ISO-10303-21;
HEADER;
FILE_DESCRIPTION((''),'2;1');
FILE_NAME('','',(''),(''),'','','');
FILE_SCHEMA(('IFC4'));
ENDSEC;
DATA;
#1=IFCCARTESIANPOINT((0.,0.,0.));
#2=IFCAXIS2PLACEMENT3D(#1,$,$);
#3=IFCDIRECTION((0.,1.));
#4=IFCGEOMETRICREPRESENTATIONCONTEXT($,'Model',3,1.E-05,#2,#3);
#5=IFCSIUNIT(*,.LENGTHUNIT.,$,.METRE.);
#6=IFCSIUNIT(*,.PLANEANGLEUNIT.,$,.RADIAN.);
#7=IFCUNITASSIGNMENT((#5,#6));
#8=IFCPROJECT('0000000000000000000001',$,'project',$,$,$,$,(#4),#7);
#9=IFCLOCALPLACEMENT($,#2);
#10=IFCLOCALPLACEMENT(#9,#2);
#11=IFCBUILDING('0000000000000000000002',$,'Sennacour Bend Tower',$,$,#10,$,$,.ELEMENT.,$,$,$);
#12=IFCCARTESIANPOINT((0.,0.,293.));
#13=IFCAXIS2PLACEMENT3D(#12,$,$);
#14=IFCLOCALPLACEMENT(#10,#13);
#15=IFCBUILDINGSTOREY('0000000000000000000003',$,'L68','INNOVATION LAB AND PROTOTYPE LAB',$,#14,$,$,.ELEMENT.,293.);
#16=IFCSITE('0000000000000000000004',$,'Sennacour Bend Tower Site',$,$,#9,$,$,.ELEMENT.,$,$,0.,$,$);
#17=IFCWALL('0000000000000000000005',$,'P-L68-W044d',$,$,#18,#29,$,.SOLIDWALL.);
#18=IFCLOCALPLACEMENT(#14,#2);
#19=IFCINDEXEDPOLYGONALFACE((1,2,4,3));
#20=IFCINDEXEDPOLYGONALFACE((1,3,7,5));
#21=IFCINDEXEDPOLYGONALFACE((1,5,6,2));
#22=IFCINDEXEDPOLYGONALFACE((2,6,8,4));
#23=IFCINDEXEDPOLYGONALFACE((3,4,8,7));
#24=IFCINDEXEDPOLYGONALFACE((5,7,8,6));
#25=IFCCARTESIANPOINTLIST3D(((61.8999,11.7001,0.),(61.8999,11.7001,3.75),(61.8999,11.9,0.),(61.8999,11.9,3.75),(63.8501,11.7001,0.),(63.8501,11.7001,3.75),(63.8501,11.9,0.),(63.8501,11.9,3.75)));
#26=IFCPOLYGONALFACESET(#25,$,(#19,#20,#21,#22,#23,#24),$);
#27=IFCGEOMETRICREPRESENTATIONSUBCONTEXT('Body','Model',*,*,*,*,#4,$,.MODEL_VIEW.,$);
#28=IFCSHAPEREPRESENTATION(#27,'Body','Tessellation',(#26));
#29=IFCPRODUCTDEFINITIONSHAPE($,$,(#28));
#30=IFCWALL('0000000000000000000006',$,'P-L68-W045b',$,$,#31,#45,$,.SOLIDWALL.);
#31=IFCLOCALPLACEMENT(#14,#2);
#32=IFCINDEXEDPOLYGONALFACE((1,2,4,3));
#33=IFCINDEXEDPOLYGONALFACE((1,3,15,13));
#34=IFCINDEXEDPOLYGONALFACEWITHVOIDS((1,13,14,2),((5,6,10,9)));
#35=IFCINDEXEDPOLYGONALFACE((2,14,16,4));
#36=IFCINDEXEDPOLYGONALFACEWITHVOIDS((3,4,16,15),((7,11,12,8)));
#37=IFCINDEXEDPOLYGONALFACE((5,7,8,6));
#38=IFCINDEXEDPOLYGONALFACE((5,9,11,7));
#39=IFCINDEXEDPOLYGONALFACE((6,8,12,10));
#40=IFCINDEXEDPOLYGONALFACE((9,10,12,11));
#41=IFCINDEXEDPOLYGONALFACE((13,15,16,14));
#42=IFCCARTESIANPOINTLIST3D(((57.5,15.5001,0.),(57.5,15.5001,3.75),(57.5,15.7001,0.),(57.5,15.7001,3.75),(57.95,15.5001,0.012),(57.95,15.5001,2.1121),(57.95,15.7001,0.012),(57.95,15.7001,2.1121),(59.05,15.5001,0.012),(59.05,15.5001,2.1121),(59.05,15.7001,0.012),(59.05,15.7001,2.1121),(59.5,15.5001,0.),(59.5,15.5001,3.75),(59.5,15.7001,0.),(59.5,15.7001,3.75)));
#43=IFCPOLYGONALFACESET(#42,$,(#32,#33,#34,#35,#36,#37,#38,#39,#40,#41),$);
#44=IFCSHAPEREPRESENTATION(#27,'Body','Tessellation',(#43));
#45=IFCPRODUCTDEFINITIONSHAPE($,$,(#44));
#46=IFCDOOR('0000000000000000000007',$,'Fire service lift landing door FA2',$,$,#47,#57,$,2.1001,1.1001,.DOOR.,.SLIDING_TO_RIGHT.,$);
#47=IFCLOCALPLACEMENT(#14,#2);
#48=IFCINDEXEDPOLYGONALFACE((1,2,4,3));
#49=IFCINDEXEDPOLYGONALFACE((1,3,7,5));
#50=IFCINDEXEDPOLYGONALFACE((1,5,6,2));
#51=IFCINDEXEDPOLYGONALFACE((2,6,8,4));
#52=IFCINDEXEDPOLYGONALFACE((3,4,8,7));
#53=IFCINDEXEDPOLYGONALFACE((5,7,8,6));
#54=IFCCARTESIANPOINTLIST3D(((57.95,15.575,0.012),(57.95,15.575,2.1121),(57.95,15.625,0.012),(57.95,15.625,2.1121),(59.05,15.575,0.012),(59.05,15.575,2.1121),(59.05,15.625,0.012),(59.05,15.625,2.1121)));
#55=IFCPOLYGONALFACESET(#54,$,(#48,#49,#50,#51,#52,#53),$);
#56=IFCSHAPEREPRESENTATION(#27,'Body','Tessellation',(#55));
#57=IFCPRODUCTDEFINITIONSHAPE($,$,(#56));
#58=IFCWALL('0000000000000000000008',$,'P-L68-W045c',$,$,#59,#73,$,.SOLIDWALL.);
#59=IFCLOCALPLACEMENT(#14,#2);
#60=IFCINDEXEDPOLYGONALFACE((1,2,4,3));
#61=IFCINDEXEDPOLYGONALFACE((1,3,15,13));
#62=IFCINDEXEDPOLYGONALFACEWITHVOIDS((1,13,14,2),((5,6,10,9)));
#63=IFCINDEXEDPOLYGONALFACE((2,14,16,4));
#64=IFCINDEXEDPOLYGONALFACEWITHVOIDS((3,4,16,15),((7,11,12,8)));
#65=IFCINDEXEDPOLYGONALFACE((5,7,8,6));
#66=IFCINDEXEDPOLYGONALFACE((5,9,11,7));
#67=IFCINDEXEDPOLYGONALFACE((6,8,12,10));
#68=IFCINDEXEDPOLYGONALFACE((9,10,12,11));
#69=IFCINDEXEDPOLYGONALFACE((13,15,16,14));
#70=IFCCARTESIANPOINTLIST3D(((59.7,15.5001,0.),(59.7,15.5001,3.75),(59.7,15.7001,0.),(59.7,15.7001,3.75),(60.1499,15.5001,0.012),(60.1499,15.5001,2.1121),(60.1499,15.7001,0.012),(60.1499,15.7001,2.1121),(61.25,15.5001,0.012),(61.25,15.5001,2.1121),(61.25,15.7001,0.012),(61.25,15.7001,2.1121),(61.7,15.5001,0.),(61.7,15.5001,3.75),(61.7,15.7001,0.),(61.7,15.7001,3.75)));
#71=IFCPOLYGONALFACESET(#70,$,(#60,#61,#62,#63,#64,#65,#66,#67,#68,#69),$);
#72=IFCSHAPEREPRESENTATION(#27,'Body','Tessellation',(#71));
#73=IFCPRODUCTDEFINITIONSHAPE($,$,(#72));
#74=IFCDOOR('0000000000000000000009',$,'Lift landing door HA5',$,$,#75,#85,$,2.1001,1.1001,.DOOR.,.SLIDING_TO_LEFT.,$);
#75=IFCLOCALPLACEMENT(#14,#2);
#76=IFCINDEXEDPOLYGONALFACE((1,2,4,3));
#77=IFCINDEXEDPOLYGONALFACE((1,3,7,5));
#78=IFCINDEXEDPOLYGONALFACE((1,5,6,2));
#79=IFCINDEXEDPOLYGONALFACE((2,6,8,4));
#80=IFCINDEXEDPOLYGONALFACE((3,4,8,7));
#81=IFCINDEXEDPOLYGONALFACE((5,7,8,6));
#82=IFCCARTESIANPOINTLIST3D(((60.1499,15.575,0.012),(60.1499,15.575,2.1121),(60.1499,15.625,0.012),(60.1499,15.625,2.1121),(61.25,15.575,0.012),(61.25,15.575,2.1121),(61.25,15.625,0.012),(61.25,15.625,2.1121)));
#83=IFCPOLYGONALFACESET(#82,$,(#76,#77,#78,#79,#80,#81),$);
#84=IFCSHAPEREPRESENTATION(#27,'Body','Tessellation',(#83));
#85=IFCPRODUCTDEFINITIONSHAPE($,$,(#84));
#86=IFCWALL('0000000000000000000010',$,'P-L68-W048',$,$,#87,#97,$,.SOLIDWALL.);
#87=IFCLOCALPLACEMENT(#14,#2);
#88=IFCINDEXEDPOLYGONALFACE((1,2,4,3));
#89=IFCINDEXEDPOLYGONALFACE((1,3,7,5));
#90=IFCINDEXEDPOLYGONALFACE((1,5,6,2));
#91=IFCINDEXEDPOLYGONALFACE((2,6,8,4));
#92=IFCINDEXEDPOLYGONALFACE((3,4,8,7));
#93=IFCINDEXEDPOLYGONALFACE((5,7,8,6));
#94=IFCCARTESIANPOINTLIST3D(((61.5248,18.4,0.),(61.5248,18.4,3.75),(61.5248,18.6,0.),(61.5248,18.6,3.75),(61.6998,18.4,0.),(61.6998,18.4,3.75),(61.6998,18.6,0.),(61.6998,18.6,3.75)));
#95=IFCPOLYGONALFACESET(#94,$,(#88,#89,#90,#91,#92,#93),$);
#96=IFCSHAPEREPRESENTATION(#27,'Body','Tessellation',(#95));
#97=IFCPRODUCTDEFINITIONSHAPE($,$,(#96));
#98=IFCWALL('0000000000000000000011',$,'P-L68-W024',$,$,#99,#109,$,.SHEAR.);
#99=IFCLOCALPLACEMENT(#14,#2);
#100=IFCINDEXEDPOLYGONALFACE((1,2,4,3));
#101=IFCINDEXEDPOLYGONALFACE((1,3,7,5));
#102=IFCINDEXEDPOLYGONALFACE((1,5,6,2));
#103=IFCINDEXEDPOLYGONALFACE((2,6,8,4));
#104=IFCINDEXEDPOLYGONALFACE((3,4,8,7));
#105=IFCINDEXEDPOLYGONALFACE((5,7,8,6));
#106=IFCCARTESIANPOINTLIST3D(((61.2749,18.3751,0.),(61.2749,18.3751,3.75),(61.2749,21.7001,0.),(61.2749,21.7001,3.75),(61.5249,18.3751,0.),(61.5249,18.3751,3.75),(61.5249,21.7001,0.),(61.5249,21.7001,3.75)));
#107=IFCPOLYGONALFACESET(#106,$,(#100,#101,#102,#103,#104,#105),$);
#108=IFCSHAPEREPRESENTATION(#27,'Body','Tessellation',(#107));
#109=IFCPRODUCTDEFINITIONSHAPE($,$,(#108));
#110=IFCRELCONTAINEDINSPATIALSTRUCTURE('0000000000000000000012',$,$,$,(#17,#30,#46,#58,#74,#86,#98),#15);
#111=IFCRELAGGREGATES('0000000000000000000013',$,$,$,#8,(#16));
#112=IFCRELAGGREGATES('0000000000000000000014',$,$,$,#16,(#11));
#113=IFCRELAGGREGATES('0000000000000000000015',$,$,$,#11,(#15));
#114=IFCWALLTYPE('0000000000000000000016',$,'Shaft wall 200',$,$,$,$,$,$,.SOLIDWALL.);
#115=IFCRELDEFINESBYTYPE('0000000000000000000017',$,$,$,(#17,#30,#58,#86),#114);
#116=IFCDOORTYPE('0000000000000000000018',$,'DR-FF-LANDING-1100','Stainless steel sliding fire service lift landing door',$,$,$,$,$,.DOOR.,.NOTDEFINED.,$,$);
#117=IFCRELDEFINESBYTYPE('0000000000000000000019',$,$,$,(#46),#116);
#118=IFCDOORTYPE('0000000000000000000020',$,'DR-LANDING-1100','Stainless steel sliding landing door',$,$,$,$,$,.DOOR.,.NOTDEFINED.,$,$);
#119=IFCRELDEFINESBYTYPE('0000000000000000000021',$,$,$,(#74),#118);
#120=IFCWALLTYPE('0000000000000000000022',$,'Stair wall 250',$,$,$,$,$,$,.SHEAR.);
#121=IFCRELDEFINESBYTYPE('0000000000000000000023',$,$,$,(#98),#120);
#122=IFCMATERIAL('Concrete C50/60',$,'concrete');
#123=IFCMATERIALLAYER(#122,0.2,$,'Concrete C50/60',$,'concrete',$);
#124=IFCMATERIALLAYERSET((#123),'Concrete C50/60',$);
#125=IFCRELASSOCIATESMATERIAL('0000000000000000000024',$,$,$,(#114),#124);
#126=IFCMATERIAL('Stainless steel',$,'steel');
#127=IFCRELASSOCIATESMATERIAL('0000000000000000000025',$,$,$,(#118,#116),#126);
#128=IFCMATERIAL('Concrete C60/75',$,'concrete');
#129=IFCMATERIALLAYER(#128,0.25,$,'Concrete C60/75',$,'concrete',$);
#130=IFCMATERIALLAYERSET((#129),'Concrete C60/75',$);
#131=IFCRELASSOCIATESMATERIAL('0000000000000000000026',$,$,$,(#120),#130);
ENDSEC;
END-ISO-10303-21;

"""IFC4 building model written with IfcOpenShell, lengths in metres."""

from ifc_helpers import new_model, si_unit, direction, frame, frame_2d, origin, place, context, subcontext, project, spatial, rectangle, extrude, material, layer, layer_set, type_object, element, fill, save


model = new_model("IFC4")

# Units and contexts
model_context = context("Model", 3, precision=1e-05, world=origin(), true_north=direction((0.0, 1.0)))
body_context = subcontext(model_context, "Body", "Model", "MODEL_VIEW")
ifc_project = project(units=[si_unit("LENGTHUNIT", "METRE"), si_unit("PLANEANGLEUNIT", "RADIAN")], contexts=[model_context])

# Site, building, storey
site_placement = place(None, origin())
site = spatial("IfcSite", under=ifc_project, at=site_placement, Name="Sennacour Bend Tower Site", CompositionType="ELEMENT", RefElevation=0.0)
building_placement = place(site_placement, origin())
building = spatial("IfcBuilding", under=site, at=building_placement, Name="Sennacour Bend Tower", CompositionType="ELEMENT")
storey_placement = place(building_placement, frame((0.0, 0.0, 293.0)))
storey = spatial("IfcBuildingStorey", under=building, at=storey_placement, Name="L68", Description="INNOVATION LAB AND PROTOTYPE LAB", CompositionType="ELEMENT", Elevation=293.0)

# Shared definitions
ifc_material_1 = material(Name="Concrete C50/60", Category="concrete")
ifc_layer_1 = layer(ifc_material_1, 0.2, Name="Concrete C50/60", Category="concrete")
ifc_layer_set_1 = layer_set([ifc_layer_1], Name="Concrete C50/60")
wall_type_1 = type_object("IfcWallType", Name="Shaft wall 200", PredefinedType="SOLIDWALL", material=ifc_layer_set_1)

# Shared definitions
ifc_material_2 = material(Name="Stainless steel", Category="steel")
door_type_1 = type_object("IfcDoorType", Name="DR-LANDING-1100", Description="Stainless steel sliding landing door", OperationType="NOTDEFINED", PredefinedType="DOOR", material=ifc_material_2)

# Wall
wall_1_placement = place(storey_placement, frame((61.8999, 11.8, 0.0), z_axis=(0.0, 0.0, 1.0), x_axis=(1.0, 0.0, 0.0)))
element("IfcWall", 1, at=wall_1_placement, inside=storey, type_object=wall_type_1, Name="P-L68-W044d", PredefinedType="SOLIDWALL", context=body_context, shape_type="SweptSolid", body=[
    extrude(rectangle(XDim=1.9502, YDim=0.2, at=frame_2d((0.9751, 0.0))), origin(), (0.0, 0.0, 1.0), 3.75),
])

# Walls, openings, doors
wall_2_placement = place(storey_placement, frame((57.5, 15.6001, 0.0), z_axis=(0.0, 0.0, 1.0), x_axis=(1.0, 0.0, 0.0)))
wall_2 = element("IfcWall", 2, at=wall_2_placement, inside=storey, type_object=wall_type_1, Name="P-L68-W045b", PredefinedType="SOLIDWALL", context=body_context, shape_type="SweptSolid", body=[
    extrude(rectangle(XDim=2.0, YDim=0.2, at=frame_2d((1.0, 0.0))), origin(), (0.0, 0.0, 1.0), 3.75),
])
opening_1_placement = place(wall_2_placement, frame((0.45, 0.0, 0.012)))
opening_1 = element("IfcOpeningElement", 3, at=opening_1_placement, cuts=wall_2, PredefinedType="OPENING", context=body_context, shape_type="SweptSolid", body=[
    extrude(rectangle(XDim=1.1001, YDim=2.1001, at=frame_2d((0.55, 1.05))), frame((0.0, 0.1099, 0.0), z_axis=(0.0, -1.0, 0.0), x_axis=(1.0, 0.0, 0.0)), (0.0, 0.0, 1.0), 0.22),
])
door_type_2 = type_object("IfcDoorType", Name="DR-FF-LANDING-1100", Description="Stainless steel sliding fire service lift landing door", OperationType="NOTDEFINED", PredefinedType="DOOR", material=ifc_material_2)
door_1_placement = place(opening_1_placement, origin())
door_1 = element("IfcDoor", 4, at=door_1_placement, inside=storey, type_object=door_type_2, Name="Fire service lift landing door FA2", OperationType="SLIDING_TO_RIGHT", OverallHeight=2.1001, OverallWidth=1.1001, PredefinedType="DOOR", context=body_context, shape_type="SweptSolid", body=[
    extrude(rectangle(XDim=1.1001, YDim=2.1001, at=frame_2d((0.55, 1.05))), frame((0.0, 0.0249, 0.0), z_axis=(0.0, -1.0, 0.0), x_axis=(1.0, 0.0, 0.0)), (0.0, 0.0, 1.0), 0.05),
])
fill(opening_1, door_1)
wall_3_placement = place(storey_placement, frame((59.7, 15.6001, 0.0), z_axis=(0.0, 0.0, 1.0), x_axis=(1.0, 0.0, 0.0)))
wall_3 = element("IfcWall", 5, at=wall_3_placement, inside=storey, type_object=wall_type_1, Name="P-L68-W045c", PredefinedType="SOLIDWALL", context=body_context, shape_type="SweptSolid", body=[
    extrude(rectangle(XDim=2.0, YDim=0.2, at=frame_2d((1.0, 0.0))), origin(), (0.0, 0.0, 1.0), 3.75),
])
opening_2_placement = place(wall_3_placement, frame((0.45, 0.0, 0.012)))
opening_2 = element("IfcOpeningElement", 6, at=opening_2_placement, cuts=wall_3, PredefinedType="OPENING", context=body_context, shape_type="SweptSolid", body=[
    extrude(rectangle(XDim=1.1001, YDim=2.1001, at=frame_2d((0.55, 1.05))), frame((0.0, 0.1099, 0.0), z_axis=(0.0, -1.0, 0.0), x_axis=(1.0, 0.0, 0.0)), (0.0, 0.0, 1.0), 0.22),
])
door_2_placement = place(opening_2_placement, origin())
door_2 = element("IfcDoor", 7, at=door_2_placement, inside=storey, type_object=door_type_1, Name="Lift landing door HA5", OperationType="SLIDING_TO_LEFT", OverallHeight=2.1001, OverallWidth=1.1001, PredefinedType="DOOR", context=body_context, shape_type="SweptSolid", body=[
    extrude(rectangle(XDim=1.1001, YDim=2.1001, at=frame_2d((0.55, 1.05))), frame((0.0, 0.0249, 0.0), z_axis=(0.0, -1.0, 0.0), x_axis=(1.0, 0.0, 0.0)), (0.0, 0.0, 1.0), 0.05),
])
fill(opening_2, door_2)

# Walls
wall_4_placement = place(storey_placement, frame((61.5249, 18.5, 0.0), z_axis=(0.0, 0.0, 1.0), x_axis=(1.0, 0.0, 0.0)))
element("IfcWall", 8, at=wall_4_placement, inside=storey, type_object=wall_type_1, Name="P-L68-W048", PredefinedType="SOLIDWALL", context=body_context, shape_type="SweptSolid", body=[
    extrude(rectangle(XDim=0.175, YDim=0.2, at=frame_2d((0.0874, 0.0))), origin(), (0.0, 0.0, 1.0), 3.75),
])
ifc_material_3 = material(Name="Concrete C60/75", Category="concrete")
ifc_layer_2 = layer(ifc_material_3, 0.25, Name="Concrete C60/75", Category="concrete")
ifc_layer_set_2 = layer_set([ifc_layer_2], Name="Concrete C60/75")
wall_type_2 = type_object("IfcWallType", Name="Stair wall 250", PredefinedType="SHEAR", material=ifc_layer_set_2)
wall_5_placement = place(storey_placement, frame((61.3999, 18.375, 0.0), z_axis=(0.0, 0.0, 1.0), x_axis=(0.0, 1.0, 0.0)))
element("IfcWall", 9, at=wall_5_placement, inside=storey, type_object=wall_type_2, Name="P-L68-W024", PredefinedType="SHEAR", context=body_context, shape_type="SweptSolid", body=[
    extrude(rectangle(XDim=3.325, YDim=0.25, at=frame_2d((1.6626, 0.0))), origin(), (0.0, 0.0, 1.0), 3.75),
])

save(model, "model.ifc")
